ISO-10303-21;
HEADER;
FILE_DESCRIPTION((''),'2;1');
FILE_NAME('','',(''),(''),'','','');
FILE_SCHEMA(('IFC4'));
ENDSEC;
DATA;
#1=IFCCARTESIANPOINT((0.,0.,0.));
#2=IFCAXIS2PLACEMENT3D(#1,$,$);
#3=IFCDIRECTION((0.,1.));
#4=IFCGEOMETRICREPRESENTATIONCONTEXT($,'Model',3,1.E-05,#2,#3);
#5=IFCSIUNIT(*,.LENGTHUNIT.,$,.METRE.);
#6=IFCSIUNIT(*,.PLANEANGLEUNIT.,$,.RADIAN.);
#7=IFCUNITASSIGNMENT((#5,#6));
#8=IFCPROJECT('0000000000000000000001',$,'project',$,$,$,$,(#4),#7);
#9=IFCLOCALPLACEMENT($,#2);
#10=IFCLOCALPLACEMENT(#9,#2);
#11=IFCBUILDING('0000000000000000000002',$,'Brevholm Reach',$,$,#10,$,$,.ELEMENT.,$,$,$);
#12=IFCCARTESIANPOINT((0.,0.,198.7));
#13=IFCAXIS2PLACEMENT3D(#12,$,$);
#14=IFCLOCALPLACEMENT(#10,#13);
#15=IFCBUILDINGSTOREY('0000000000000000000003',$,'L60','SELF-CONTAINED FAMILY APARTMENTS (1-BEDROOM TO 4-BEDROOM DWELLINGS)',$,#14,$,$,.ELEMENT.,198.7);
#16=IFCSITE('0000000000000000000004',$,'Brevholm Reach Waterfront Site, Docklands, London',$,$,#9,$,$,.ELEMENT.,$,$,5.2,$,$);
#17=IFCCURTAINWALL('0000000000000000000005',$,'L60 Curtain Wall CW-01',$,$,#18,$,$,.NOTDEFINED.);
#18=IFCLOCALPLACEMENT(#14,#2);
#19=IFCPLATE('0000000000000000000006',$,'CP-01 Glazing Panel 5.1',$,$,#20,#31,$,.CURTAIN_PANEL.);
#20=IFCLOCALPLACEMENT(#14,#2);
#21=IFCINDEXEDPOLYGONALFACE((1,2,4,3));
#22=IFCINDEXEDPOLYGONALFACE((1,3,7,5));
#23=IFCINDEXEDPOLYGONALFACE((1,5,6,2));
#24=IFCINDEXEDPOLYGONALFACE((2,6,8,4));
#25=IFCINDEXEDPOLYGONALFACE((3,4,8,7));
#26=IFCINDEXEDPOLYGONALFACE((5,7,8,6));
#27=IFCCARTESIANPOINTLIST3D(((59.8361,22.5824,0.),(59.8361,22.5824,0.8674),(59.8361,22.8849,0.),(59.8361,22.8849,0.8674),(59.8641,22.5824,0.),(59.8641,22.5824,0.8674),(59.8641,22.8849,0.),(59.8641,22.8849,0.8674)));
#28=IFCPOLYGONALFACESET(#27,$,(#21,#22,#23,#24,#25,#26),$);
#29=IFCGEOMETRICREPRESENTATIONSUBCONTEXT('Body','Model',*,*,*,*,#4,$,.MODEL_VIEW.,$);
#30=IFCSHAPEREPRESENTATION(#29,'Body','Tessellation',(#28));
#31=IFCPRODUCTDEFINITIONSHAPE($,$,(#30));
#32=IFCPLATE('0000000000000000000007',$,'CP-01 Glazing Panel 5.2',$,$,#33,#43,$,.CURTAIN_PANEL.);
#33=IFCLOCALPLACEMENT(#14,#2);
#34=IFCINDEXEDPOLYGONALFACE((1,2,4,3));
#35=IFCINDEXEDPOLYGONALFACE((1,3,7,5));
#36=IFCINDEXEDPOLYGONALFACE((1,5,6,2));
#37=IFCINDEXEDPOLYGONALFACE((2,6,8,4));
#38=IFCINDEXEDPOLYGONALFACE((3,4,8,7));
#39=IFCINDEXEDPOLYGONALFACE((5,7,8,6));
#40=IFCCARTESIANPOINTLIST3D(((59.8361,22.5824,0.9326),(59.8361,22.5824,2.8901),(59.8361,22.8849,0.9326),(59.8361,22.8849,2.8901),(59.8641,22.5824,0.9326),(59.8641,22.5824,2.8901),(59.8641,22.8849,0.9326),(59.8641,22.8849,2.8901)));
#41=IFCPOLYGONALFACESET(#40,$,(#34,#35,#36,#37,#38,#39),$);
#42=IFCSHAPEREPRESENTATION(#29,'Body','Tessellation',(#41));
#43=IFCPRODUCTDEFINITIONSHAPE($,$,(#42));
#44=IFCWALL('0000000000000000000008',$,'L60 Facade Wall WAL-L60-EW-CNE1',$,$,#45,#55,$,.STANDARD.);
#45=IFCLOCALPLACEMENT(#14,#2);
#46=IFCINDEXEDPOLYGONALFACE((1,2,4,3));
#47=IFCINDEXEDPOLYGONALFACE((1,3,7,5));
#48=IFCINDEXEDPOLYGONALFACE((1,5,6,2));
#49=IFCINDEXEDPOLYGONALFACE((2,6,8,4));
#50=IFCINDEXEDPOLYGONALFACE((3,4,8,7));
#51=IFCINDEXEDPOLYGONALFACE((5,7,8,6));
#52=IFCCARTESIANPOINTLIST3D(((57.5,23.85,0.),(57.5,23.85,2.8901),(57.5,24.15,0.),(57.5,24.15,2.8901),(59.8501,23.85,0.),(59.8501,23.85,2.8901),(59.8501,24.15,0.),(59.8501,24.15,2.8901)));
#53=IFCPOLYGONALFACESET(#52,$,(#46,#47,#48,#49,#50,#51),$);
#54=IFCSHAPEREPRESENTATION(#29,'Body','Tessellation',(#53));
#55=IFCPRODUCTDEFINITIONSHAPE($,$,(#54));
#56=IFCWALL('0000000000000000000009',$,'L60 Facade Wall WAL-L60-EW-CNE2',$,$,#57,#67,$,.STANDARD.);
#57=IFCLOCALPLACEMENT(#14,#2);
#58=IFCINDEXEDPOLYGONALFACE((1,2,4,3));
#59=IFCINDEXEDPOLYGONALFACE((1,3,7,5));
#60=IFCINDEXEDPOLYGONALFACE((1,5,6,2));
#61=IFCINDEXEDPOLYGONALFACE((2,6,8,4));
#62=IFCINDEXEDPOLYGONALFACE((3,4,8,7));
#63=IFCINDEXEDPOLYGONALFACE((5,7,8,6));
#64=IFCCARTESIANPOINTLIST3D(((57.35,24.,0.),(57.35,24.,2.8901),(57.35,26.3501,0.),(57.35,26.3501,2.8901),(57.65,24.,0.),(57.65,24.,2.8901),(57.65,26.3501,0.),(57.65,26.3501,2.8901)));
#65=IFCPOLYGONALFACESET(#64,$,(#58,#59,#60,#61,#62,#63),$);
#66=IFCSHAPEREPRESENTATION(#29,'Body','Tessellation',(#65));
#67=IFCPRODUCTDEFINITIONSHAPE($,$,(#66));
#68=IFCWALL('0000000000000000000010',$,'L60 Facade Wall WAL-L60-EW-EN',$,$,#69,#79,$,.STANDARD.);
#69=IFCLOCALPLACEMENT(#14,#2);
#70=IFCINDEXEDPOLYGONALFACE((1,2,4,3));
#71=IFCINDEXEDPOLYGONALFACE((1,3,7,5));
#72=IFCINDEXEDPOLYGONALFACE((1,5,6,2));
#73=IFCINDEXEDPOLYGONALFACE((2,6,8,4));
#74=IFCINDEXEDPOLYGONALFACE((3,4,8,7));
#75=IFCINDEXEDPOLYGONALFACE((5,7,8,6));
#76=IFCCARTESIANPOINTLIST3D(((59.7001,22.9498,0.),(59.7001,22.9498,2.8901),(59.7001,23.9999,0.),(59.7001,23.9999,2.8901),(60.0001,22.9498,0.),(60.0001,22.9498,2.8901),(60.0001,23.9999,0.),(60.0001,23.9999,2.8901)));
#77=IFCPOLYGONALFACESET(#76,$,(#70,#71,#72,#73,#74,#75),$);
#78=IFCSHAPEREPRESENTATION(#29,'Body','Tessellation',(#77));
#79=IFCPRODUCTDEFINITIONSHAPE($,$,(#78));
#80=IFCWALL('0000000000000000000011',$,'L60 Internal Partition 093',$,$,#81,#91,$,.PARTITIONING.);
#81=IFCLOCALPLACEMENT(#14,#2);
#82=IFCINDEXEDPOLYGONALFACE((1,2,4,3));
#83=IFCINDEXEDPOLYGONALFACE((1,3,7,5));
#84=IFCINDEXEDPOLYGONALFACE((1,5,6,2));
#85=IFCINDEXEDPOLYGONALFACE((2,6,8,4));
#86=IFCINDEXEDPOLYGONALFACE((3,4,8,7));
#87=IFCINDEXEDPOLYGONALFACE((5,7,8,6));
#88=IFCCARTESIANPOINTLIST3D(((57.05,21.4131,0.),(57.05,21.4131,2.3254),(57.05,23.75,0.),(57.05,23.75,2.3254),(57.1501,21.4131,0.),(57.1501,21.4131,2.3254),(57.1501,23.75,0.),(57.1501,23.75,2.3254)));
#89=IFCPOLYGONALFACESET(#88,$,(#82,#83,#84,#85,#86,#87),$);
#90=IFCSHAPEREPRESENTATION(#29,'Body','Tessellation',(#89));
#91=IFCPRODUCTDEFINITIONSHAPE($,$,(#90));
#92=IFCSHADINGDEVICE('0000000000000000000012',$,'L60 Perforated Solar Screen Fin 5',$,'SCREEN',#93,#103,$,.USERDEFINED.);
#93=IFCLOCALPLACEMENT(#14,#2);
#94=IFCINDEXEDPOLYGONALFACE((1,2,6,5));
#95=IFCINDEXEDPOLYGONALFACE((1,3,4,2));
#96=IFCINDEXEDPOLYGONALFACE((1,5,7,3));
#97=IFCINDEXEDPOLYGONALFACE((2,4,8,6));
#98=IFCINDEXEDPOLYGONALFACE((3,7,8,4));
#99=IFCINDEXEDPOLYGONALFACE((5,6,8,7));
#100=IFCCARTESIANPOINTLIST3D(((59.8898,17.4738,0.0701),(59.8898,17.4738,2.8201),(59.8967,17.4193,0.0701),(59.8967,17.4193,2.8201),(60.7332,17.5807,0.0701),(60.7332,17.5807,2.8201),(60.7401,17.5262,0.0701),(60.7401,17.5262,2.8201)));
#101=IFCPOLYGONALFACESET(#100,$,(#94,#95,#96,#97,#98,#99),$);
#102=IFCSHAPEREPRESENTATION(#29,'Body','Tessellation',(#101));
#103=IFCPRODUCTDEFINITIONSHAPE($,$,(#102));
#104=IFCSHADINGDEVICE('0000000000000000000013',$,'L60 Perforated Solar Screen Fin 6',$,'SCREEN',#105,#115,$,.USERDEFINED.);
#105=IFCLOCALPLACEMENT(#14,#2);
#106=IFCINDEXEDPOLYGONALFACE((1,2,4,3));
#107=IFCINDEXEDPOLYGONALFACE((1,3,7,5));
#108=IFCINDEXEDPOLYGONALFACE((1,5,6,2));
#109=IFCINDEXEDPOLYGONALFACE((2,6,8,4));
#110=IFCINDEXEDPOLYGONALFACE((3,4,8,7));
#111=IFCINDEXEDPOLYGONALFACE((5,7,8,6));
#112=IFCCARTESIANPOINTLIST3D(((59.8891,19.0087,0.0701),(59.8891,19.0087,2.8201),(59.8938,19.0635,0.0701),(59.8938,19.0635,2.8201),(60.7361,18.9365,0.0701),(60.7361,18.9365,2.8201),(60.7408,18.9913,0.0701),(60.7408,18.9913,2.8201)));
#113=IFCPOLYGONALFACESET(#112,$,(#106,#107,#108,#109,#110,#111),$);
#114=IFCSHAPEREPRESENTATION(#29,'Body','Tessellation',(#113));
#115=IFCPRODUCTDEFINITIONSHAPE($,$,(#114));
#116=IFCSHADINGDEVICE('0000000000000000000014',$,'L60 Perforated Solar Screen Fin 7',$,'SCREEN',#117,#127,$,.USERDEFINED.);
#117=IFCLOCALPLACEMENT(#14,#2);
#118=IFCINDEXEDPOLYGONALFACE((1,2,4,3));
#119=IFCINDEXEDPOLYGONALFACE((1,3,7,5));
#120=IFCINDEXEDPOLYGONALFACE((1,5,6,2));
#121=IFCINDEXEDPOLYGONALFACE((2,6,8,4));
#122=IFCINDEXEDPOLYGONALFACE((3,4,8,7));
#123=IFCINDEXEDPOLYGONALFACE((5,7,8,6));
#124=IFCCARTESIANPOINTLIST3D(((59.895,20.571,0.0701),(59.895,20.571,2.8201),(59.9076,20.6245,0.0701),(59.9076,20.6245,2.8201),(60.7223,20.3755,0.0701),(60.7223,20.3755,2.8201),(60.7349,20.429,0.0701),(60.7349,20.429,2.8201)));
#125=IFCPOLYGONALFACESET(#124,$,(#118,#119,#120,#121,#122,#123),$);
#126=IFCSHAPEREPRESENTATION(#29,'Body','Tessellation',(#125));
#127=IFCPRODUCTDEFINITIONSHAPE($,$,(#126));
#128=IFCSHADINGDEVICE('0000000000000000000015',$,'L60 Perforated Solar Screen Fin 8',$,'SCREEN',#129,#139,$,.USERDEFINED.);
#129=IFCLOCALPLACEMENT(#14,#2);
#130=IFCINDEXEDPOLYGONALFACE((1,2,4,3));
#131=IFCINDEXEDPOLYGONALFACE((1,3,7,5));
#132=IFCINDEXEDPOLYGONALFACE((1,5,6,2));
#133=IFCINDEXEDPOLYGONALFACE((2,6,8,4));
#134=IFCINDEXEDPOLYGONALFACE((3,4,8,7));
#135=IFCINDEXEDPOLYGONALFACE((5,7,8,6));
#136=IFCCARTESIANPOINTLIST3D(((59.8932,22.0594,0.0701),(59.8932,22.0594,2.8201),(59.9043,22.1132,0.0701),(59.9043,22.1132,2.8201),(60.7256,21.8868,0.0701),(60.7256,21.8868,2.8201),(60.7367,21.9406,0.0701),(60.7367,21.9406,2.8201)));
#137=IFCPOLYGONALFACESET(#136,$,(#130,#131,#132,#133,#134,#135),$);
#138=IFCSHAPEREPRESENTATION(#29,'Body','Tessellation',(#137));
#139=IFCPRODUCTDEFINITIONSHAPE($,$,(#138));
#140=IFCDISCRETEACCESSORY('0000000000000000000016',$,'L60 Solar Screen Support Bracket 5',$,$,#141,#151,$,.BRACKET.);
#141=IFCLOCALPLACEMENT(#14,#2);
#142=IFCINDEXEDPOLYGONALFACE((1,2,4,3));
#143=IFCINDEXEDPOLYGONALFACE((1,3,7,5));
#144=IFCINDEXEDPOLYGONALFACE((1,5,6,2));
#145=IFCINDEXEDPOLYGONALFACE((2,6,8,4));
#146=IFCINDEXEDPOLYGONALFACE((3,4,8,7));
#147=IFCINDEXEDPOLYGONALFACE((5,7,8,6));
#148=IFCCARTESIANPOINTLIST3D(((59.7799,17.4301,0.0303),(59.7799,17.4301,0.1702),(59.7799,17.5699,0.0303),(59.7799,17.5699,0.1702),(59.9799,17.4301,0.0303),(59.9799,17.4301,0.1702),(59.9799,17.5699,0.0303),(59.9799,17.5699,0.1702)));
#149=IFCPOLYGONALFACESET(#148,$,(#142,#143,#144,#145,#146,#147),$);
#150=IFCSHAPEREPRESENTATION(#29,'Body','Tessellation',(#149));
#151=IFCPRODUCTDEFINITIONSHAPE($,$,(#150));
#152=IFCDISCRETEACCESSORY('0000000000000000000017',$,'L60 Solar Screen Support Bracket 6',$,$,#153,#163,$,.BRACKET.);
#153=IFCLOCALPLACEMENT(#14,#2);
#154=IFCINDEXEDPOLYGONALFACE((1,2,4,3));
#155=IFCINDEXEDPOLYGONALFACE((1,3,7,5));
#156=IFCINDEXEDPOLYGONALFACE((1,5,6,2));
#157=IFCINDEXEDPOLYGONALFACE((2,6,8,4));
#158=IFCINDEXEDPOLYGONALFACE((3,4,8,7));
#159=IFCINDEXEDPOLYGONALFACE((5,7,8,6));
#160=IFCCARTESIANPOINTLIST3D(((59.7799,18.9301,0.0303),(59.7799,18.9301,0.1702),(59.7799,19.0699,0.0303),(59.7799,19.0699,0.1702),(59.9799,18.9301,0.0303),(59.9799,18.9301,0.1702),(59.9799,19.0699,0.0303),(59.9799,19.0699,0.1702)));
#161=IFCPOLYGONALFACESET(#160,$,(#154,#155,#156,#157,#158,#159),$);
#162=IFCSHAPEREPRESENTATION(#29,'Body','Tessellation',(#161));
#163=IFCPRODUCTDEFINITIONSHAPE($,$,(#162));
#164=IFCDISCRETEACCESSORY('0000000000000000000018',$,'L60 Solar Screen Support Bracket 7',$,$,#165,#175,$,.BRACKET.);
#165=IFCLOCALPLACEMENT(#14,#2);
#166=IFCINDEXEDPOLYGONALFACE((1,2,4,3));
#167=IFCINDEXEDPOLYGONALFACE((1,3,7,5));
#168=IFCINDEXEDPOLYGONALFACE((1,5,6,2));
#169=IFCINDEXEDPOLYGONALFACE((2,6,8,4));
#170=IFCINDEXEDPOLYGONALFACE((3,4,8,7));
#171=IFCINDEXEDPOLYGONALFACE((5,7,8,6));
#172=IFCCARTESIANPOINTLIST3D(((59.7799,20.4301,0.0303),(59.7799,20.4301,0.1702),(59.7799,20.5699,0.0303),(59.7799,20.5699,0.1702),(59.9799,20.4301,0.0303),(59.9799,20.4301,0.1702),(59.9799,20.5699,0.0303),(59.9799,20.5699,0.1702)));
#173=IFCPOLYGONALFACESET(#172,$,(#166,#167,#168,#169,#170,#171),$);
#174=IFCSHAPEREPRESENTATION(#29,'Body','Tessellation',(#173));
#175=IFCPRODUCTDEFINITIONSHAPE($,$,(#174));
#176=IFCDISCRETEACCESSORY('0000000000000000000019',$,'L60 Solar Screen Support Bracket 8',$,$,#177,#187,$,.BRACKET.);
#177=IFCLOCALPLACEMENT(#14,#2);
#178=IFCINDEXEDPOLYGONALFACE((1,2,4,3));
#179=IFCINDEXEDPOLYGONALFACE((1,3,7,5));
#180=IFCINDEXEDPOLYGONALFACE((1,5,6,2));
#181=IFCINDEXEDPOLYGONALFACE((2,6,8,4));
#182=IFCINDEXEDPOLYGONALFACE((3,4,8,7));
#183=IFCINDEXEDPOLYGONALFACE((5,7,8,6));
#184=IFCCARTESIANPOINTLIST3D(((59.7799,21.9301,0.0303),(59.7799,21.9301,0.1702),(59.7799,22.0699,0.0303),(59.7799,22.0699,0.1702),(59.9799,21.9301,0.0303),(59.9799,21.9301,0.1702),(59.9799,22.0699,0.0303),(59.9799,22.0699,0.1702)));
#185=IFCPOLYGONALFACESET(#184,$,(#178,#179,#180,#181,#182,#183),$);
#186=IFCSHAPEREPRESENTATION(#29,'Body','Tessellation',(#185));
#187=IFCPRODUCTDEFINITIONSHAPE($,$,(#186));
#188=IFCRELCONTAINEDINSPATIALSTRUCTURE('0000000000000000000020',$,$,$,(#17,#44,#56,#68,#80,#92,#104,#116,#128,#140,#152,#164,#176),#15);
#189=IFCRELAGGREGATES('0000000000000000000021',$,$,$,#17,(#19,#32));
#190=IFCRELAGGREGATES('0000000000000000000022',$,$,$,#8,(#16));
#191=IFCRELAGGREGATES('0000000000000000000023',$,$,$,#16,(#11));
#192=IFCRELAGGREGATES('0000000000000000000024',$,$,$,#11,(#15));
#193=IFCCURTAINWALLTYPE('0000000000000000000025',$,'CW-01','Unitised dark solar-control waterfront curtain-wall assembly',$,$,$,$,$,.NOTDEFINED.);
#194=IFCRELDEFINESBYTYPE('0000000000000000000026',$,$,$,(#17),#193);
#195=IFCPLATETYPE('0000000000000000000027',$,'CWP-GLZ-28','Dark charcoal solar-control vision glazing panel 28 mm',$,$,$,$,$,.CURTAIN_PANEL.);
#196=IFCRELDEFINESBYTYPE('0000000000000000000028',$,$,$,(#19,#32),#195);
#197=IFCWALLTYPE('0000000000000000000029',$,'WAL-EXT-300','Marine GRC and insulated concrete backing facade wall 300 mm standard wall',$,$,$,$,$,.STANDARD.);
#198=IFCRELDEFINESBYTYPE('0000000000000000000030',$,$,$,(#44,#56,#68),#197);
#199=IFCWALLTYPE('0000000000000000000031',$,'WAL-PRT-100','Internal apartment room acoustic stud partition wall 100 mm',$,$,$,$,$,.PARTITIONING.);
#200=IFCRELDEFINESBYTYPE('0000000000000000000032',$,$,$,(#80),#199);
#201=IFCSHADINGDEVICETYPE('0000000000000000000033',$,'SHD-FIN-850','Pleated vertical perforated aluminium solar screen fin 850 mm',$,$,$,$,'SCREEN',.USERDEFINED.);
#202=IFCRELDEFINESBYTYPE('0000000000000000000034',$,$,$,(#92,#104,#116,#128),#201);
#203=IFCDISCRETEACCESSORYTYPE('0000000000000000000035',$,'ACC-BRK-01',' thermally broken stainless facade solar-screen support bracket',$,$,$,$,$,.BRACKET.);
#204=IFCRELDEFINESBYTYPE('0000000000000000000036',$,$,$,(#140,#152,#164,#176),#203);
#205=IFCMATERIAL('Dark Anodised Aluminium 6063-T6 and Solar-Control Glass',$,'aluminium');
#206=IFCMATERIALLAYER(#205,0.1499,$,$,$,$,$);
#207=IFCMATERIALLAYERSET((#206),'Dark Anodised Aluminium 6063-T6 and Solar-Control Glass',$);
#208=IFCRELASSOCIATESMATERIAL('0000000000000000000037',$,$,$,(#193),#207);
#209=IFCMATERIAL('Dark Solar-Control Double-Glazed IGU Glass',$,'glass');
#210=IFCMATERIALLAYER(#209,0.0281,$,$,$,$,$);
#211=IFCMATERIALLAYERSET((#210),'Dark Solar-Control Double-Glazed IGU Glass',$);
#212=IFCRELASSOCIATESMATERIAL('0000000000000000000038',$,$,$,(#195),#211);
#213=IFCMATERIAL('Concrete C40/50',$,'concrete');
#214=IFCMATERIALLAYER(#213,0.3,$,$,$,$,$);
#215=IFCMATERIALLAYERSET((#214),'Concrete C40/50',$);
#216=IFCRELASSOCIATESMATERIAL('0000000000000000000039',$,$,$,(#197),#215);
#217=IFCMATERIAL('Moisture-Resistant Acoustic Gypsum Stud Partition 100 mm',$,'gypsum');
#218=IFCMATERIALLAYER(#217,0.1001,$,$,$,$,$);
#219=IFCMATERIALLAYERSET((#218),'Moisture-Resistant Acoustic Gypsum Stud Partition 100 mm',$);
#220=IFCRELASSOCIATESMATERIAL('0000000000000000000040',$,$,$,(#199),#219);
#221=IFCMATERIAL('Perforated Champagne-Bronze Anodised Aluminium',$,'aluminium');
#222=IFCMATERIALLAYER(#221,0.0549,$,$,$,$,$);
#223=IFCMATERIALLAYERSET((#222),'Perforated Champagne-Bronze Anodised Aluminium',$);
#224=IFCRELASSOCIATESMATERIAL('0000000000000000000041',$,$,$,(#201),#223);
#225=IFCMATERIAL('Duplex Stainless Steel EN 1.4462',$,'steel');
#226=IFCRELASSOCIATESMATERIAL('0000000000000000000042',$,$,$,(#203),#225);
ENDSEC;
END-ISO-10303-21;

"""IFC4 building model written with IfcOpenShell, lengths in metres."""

from ifc_helpers import new_model, si_unit, direction, frame, frame_2d, origin, origin_2d, place, context, subcontext, project, spatial, rectangle, extrude, material, layer, layer_set, type_object, element, aggregate, save


model = new_model("IFC4")

# Units and contexts
model_context = context("Model", 3, precision=1e-05, world=origin(), true_north=direction((0.0, 1.0)))
body_context = subcontext(model_context, "Body", "Model", "MODEL_VIEW")
ifc_project = project(units=[si_unit("LENGTHUNIT", "METRE"), si_unit("PLANEANGLEUNIT", "RADIAN")], contexts=[model_context])

# Site, building, storey
site_placement = place(None, origin())
site = spatial("IfcSite", under=ifc_project, at=site_placement, Name="Brevholm Reach Waterfront Site, Docklands, London", CompositionType="ELEMENT", RefElevation=5.2)
building_placement = place(site_placement, origin())
building = spatial("IfcBuilding", under=site, at=building_placement, Name="Brevholm Reach", CompositionType="ELEMENT")
storey_placement = place(building_placement, frame((0.0, 0.0, 198.7)))
storey = spatial("IfcBuildingStorey", under=building, at=storey_placement, Name="L60", Description="SELF-CONTAINED FAMILY APARTMENTS (1-BEDROOM TO 4-BEDROOM DWELLINGS)", CompositionType="ELEMENT", Elevation=198.7)

# Curtain wall, plates
ifc_material_1 = material(Name="Dark Anodised Aluminium 6063-T6 and Solar-Control Glass", Category="aluminium")
ifc_layer_1 = layer(ifc_material_1, 0.1499)
ifc_layer_set_1 = layer_set([ifc_layer_1], Name="Dark Anodised Aluminium 6063-T6 and Solar-Control Glass")
curtain_wall_type = type_object("IfcCurtainWallType", Name="CW-01", Description="Unitised dark solar-control waterfront curtain-wall assembly", PredefinedType="NOTDEFINED", material=ifc_layer_set_1)
curtain_wall_placement = place(storey_placement, origin())
curtain_wall = element("IfcCurtainWall", 1, at=curtain_wall_placement, inside=storey, type_object=curtain_wall_type, Name="L60 Curtain Wall CW-01", PredefinedType="NOTDEFINED")
ifc_material_2 = material(Name="Dark Solar-Control Double-Glazed IGU Glass", Category="glass")
ifc_layer_2 = layer(ifc_material_2, 0.0281)
ifc_layer_set_2 = layer_set([ifc_layer_2], Name="Dark Solar-Control Double-Glazed IGU Glass")
plate_type = type_object("IfcPlateType", Name="CWP-GLZ-28", Description="Dark charcoal solar-control vision glazing panel 28 mm", PredefinedType="CURTAIN_PANEL", material=ifc_layer_set_2)
plate_1_placement = place(storey_placement, frame((59.8501, 22.7336, 0.0), z_axis=(0.0, 0.0, 1.0), x_axis=(0.0, 1.0, 0.0)))
plate_1 = element("IfcPlate", 2, at=plate_1_placement, type_object=plate_type, Name="CP-01 Glazing Panel 5.1", PredefinedType="CURTAIN_PANEL", context=body_context, shape_type="SweptSolid", body=[
    extrude(rectangle(XDim=0.3025, YDim=0.0281, at=origin_2d()), origin(), (0.0, 0.0, 1.0), 0.8674),
])
plate_2_placement = place(storey_placement, frame((59.8501, 22.7336, 0.9326), z_axis=(0.0, 0.0, 1.0), x_axis=(0.0, 1.0, 0.0)))
plate_2 = element("IfcPlate", 3, at=plate_2_placement, type_object=plate_type, Name="CP-01 Glazing Panel 5.2", PredefinedType="CURTAIN_PANEL", context=body_context, shape_type="SweptSolid", body=[
    extrude(rectangle(XDim=0.3025, YDim=0.0281, at=origin_2d()), origin(), (0.0, 0.0, 1.0), 1.9575),
])
aggregate(curtain_wall, [plate_1, plate_2])

# Walls
ifc_material_3 = material(Name="Concrete C40/50", Category="concrete")
ifc_layer_3 = layer(ifc_material_3, 0.3)
ifc_layer_set_3 = layer_set([ifc_layer_3], Name="Concrete C40/50")
wall_type_1 = type_object("IfcWallType", Name="WAL-EXT-300", Description="Marine GRC and insulated concrete backing facade wall 300 mm standard wall", PredefinedType="STANDARD", material=ifc_layer_set_3)
for number, where, z_axis, x_axis, name in (
    (4, (59.8501, 24.0, 0.0), (0.0, 0.0, 1.0), (-1.0, 0.0, 0.0), "L60 Facade Wall WAL-L60-EW-CNE1"),
    (5, (57.5, 24.0, 0.0), (0.0, 0.0, 1.0), (0.0, 1.0, 0.0), "L60 Facade Wall WAL-L60-EW-CNE2"),
):
    element("IfcWall", number, at=place(storey_placement, frame(where, z_axis=z_axis, x_axis=x_axis)), inside=storey, type_object=wall_type_1, Name=name, PredefinedType="STANDARD", context=body_context, shape_type="SweptSolid", body=[
        extrude(rectangle(XDim=2.3501, YDim=0.3, at=frame_2d((1.175, 0.0))), origin(), (0.0, 0.0, 1.0), 2.8901),
    ])
wall_1_placement = place(storey_placement, frame((59.8501, 22.95, 0.0), z_axis=(0.0, 0.0, 1.0), x_axis=(0.0, 1.0, 0.0)))
element("IfcWall", 6, at=wall_1_placement, inside=storey, type_object=wall_type_1, Name="L60 Facade Wall WAL-L60-EW-EN", PredefinedType="STANDARD", context=body_context, shape_type="SweptSolid", body=[
    extrude(rectangle(XDim=1.05, YDim=0.3, at=frame_2d((0.5249, 0.0))), origin(), (0.0, 0.0, 1.0), 2.8901),
])
ifc_material_4 = material(Name="Moisture-Resistant Acoustic Gypsum Stud Partition 100 mm", Category="gypsum")
ifc_layer_4 = layer(ifc_material_4, 0.1001)
ifc_layer_set_4 = layer_set([ifc_layer_4], Name="Moisture-Resistant Acoustic Gypsum Stud Partition 100 mm")
wall_type_2 = type_object("IfcWallType", Name="WAL-PRT-100", Description="Internal apartment room acoustic stud partition wall 100 mm", PredefinedType="PARTITIONING", material=ifc_layer_set_4)
wall_2_placement = place(storey_placement, frame((57.1001, 21.4131, 0.0), z_axis=(0.0, 0.0, 1.0), x_axis=(0.0, 1.0, 0.0)))
element("IfcWall", 7, at=wall_2_placement, inside=storey, type_object=wall_type_2, Name="L60 Internal Partition 093", PredefinedType="PARTITIONING", context=body_context, shape_type="SweptSolid", body=[
    extrude(rectangle(XDim=2.3369, YDim=0.1001, at=frame_2d((1.1685, 0.0))), origin(), (0.0, 0.0, 1.0), 2.3254),
])

# Shading devices
ifc_material_5 = material(Name="Perforated Champagne-Bronze Anodised Aluminium", Category="aluminium")
ifc_layer_5 = layer(ifc_material_5, 0.0549)
ifc_layer_set_5 = layer_set([ifc_layer_5], Name="Perforated Champagne-Bronze Anodised Aluminium")
shading_device_type = type_object("IfcShadingDeviceType", Name="SHD-FIN-850", Description="Pleated vertical perforated aluminium solar screen fin 850 mm", ElementType="SCREEN", PredefinedType="USERDEFINED", material=ifc_layer_set_5)
for number, where, z_axis, x_axis, name in (
    (8, (60.3149, 17.5, 0.0701), (0.0, 0.0, 1.0), (0.992058, 0.125783, 0.0), "L60 Perforated Solar Screen Fin 5"),
    (9, (60.3149, 19.0, 0.0701), (0.0, 0.0, 1.0), (0.99639, -0.084895, 0.0), "L60 Perforated Solar Screen Fin 6"),
    (10, (60.3149, 20.5, 0.0701), (0.0, 0.0, 1.0), (0.973187, -0.230016, 0.0), "L60 Perforated Solar Screen Fin 7"),
    (11, (60.3149, 22.0, 0.0701), (0.0, 0.0, 1.0), (0.979177, -0.203009, 0.0), "L60 Perforated Solar Screen Fin 8"),
):
    element("IfcShadingDevice", number, at=place(storey_placement, frame(where, z_axis=z_axis, x_axis=x_axis)), inside=storey, type_object=shading_device_type, Name=name, ObjectType="SCREEN", PredefinedType="USERDEFINED", context=body_context, shape_type="SweptSolid", body=[
        extrude(rectangle(XDim=0.8501, YDim=0.0549, at=origin_2d()), origin(), (0.0, 0.0, 1.0), 2.75),
    ])

# Discrete accessories
ifc_material_6 = material(Name="Duplex Stainless Steel EN 1.4462", Category="steel")
discrete_accessory_type = type_object("IfcDiscreteAccessoryType", Name="ACC-BRK-01", Description=" thermally broken stainless facade solar-screen support bracket", PredefinedType="BRACKET", material=ifc_material_6)
for number, where, z_axis, x_axis, name in (
    (12, (59.8799, 17.5, 0.0303), (0.0, 0.0, 1.0), (1.0, 0.0, 0.0), "L60 Solar Screen Support Bracket 5"),
    (13, (59.8799, 19.0, 0.0303), (0.0, 0.0, 1.0), (1.0, 0.0, 0.0), "L60 Solar Screen Support Bracket 6"),
    (14, (59.8799, 20.5, 0.0303), (0.0, 0.0, 1.0), (1.0, 0.0, 0.0), "L60 Solar Screen Support Bracket 7"),
    (15, (59.8799, 22.0, 0.0303), (0.0, 0.0, 1.0), (1.0, 0.0, 0.0), "L60 Solar Screen Support Bracket 8"),
):
    element("IfcDiscreteAccessory", number, at=place(storey_placement, frame(where, z_axis=z_axis, x_axis=x_axis)), inside=storey, type_object=discrete_accessory_type, Name=name, PredefinedType="BRACKET", context=body_context, shape_type="SweptSolid", body=[
        extrude(rectangle(XDim=0.2, YDim=0.1399, at=origin_2d()), origin(), (0.0, 0.0, 1.0), 0.1399),
    ])

save(model, "model.ifc")
